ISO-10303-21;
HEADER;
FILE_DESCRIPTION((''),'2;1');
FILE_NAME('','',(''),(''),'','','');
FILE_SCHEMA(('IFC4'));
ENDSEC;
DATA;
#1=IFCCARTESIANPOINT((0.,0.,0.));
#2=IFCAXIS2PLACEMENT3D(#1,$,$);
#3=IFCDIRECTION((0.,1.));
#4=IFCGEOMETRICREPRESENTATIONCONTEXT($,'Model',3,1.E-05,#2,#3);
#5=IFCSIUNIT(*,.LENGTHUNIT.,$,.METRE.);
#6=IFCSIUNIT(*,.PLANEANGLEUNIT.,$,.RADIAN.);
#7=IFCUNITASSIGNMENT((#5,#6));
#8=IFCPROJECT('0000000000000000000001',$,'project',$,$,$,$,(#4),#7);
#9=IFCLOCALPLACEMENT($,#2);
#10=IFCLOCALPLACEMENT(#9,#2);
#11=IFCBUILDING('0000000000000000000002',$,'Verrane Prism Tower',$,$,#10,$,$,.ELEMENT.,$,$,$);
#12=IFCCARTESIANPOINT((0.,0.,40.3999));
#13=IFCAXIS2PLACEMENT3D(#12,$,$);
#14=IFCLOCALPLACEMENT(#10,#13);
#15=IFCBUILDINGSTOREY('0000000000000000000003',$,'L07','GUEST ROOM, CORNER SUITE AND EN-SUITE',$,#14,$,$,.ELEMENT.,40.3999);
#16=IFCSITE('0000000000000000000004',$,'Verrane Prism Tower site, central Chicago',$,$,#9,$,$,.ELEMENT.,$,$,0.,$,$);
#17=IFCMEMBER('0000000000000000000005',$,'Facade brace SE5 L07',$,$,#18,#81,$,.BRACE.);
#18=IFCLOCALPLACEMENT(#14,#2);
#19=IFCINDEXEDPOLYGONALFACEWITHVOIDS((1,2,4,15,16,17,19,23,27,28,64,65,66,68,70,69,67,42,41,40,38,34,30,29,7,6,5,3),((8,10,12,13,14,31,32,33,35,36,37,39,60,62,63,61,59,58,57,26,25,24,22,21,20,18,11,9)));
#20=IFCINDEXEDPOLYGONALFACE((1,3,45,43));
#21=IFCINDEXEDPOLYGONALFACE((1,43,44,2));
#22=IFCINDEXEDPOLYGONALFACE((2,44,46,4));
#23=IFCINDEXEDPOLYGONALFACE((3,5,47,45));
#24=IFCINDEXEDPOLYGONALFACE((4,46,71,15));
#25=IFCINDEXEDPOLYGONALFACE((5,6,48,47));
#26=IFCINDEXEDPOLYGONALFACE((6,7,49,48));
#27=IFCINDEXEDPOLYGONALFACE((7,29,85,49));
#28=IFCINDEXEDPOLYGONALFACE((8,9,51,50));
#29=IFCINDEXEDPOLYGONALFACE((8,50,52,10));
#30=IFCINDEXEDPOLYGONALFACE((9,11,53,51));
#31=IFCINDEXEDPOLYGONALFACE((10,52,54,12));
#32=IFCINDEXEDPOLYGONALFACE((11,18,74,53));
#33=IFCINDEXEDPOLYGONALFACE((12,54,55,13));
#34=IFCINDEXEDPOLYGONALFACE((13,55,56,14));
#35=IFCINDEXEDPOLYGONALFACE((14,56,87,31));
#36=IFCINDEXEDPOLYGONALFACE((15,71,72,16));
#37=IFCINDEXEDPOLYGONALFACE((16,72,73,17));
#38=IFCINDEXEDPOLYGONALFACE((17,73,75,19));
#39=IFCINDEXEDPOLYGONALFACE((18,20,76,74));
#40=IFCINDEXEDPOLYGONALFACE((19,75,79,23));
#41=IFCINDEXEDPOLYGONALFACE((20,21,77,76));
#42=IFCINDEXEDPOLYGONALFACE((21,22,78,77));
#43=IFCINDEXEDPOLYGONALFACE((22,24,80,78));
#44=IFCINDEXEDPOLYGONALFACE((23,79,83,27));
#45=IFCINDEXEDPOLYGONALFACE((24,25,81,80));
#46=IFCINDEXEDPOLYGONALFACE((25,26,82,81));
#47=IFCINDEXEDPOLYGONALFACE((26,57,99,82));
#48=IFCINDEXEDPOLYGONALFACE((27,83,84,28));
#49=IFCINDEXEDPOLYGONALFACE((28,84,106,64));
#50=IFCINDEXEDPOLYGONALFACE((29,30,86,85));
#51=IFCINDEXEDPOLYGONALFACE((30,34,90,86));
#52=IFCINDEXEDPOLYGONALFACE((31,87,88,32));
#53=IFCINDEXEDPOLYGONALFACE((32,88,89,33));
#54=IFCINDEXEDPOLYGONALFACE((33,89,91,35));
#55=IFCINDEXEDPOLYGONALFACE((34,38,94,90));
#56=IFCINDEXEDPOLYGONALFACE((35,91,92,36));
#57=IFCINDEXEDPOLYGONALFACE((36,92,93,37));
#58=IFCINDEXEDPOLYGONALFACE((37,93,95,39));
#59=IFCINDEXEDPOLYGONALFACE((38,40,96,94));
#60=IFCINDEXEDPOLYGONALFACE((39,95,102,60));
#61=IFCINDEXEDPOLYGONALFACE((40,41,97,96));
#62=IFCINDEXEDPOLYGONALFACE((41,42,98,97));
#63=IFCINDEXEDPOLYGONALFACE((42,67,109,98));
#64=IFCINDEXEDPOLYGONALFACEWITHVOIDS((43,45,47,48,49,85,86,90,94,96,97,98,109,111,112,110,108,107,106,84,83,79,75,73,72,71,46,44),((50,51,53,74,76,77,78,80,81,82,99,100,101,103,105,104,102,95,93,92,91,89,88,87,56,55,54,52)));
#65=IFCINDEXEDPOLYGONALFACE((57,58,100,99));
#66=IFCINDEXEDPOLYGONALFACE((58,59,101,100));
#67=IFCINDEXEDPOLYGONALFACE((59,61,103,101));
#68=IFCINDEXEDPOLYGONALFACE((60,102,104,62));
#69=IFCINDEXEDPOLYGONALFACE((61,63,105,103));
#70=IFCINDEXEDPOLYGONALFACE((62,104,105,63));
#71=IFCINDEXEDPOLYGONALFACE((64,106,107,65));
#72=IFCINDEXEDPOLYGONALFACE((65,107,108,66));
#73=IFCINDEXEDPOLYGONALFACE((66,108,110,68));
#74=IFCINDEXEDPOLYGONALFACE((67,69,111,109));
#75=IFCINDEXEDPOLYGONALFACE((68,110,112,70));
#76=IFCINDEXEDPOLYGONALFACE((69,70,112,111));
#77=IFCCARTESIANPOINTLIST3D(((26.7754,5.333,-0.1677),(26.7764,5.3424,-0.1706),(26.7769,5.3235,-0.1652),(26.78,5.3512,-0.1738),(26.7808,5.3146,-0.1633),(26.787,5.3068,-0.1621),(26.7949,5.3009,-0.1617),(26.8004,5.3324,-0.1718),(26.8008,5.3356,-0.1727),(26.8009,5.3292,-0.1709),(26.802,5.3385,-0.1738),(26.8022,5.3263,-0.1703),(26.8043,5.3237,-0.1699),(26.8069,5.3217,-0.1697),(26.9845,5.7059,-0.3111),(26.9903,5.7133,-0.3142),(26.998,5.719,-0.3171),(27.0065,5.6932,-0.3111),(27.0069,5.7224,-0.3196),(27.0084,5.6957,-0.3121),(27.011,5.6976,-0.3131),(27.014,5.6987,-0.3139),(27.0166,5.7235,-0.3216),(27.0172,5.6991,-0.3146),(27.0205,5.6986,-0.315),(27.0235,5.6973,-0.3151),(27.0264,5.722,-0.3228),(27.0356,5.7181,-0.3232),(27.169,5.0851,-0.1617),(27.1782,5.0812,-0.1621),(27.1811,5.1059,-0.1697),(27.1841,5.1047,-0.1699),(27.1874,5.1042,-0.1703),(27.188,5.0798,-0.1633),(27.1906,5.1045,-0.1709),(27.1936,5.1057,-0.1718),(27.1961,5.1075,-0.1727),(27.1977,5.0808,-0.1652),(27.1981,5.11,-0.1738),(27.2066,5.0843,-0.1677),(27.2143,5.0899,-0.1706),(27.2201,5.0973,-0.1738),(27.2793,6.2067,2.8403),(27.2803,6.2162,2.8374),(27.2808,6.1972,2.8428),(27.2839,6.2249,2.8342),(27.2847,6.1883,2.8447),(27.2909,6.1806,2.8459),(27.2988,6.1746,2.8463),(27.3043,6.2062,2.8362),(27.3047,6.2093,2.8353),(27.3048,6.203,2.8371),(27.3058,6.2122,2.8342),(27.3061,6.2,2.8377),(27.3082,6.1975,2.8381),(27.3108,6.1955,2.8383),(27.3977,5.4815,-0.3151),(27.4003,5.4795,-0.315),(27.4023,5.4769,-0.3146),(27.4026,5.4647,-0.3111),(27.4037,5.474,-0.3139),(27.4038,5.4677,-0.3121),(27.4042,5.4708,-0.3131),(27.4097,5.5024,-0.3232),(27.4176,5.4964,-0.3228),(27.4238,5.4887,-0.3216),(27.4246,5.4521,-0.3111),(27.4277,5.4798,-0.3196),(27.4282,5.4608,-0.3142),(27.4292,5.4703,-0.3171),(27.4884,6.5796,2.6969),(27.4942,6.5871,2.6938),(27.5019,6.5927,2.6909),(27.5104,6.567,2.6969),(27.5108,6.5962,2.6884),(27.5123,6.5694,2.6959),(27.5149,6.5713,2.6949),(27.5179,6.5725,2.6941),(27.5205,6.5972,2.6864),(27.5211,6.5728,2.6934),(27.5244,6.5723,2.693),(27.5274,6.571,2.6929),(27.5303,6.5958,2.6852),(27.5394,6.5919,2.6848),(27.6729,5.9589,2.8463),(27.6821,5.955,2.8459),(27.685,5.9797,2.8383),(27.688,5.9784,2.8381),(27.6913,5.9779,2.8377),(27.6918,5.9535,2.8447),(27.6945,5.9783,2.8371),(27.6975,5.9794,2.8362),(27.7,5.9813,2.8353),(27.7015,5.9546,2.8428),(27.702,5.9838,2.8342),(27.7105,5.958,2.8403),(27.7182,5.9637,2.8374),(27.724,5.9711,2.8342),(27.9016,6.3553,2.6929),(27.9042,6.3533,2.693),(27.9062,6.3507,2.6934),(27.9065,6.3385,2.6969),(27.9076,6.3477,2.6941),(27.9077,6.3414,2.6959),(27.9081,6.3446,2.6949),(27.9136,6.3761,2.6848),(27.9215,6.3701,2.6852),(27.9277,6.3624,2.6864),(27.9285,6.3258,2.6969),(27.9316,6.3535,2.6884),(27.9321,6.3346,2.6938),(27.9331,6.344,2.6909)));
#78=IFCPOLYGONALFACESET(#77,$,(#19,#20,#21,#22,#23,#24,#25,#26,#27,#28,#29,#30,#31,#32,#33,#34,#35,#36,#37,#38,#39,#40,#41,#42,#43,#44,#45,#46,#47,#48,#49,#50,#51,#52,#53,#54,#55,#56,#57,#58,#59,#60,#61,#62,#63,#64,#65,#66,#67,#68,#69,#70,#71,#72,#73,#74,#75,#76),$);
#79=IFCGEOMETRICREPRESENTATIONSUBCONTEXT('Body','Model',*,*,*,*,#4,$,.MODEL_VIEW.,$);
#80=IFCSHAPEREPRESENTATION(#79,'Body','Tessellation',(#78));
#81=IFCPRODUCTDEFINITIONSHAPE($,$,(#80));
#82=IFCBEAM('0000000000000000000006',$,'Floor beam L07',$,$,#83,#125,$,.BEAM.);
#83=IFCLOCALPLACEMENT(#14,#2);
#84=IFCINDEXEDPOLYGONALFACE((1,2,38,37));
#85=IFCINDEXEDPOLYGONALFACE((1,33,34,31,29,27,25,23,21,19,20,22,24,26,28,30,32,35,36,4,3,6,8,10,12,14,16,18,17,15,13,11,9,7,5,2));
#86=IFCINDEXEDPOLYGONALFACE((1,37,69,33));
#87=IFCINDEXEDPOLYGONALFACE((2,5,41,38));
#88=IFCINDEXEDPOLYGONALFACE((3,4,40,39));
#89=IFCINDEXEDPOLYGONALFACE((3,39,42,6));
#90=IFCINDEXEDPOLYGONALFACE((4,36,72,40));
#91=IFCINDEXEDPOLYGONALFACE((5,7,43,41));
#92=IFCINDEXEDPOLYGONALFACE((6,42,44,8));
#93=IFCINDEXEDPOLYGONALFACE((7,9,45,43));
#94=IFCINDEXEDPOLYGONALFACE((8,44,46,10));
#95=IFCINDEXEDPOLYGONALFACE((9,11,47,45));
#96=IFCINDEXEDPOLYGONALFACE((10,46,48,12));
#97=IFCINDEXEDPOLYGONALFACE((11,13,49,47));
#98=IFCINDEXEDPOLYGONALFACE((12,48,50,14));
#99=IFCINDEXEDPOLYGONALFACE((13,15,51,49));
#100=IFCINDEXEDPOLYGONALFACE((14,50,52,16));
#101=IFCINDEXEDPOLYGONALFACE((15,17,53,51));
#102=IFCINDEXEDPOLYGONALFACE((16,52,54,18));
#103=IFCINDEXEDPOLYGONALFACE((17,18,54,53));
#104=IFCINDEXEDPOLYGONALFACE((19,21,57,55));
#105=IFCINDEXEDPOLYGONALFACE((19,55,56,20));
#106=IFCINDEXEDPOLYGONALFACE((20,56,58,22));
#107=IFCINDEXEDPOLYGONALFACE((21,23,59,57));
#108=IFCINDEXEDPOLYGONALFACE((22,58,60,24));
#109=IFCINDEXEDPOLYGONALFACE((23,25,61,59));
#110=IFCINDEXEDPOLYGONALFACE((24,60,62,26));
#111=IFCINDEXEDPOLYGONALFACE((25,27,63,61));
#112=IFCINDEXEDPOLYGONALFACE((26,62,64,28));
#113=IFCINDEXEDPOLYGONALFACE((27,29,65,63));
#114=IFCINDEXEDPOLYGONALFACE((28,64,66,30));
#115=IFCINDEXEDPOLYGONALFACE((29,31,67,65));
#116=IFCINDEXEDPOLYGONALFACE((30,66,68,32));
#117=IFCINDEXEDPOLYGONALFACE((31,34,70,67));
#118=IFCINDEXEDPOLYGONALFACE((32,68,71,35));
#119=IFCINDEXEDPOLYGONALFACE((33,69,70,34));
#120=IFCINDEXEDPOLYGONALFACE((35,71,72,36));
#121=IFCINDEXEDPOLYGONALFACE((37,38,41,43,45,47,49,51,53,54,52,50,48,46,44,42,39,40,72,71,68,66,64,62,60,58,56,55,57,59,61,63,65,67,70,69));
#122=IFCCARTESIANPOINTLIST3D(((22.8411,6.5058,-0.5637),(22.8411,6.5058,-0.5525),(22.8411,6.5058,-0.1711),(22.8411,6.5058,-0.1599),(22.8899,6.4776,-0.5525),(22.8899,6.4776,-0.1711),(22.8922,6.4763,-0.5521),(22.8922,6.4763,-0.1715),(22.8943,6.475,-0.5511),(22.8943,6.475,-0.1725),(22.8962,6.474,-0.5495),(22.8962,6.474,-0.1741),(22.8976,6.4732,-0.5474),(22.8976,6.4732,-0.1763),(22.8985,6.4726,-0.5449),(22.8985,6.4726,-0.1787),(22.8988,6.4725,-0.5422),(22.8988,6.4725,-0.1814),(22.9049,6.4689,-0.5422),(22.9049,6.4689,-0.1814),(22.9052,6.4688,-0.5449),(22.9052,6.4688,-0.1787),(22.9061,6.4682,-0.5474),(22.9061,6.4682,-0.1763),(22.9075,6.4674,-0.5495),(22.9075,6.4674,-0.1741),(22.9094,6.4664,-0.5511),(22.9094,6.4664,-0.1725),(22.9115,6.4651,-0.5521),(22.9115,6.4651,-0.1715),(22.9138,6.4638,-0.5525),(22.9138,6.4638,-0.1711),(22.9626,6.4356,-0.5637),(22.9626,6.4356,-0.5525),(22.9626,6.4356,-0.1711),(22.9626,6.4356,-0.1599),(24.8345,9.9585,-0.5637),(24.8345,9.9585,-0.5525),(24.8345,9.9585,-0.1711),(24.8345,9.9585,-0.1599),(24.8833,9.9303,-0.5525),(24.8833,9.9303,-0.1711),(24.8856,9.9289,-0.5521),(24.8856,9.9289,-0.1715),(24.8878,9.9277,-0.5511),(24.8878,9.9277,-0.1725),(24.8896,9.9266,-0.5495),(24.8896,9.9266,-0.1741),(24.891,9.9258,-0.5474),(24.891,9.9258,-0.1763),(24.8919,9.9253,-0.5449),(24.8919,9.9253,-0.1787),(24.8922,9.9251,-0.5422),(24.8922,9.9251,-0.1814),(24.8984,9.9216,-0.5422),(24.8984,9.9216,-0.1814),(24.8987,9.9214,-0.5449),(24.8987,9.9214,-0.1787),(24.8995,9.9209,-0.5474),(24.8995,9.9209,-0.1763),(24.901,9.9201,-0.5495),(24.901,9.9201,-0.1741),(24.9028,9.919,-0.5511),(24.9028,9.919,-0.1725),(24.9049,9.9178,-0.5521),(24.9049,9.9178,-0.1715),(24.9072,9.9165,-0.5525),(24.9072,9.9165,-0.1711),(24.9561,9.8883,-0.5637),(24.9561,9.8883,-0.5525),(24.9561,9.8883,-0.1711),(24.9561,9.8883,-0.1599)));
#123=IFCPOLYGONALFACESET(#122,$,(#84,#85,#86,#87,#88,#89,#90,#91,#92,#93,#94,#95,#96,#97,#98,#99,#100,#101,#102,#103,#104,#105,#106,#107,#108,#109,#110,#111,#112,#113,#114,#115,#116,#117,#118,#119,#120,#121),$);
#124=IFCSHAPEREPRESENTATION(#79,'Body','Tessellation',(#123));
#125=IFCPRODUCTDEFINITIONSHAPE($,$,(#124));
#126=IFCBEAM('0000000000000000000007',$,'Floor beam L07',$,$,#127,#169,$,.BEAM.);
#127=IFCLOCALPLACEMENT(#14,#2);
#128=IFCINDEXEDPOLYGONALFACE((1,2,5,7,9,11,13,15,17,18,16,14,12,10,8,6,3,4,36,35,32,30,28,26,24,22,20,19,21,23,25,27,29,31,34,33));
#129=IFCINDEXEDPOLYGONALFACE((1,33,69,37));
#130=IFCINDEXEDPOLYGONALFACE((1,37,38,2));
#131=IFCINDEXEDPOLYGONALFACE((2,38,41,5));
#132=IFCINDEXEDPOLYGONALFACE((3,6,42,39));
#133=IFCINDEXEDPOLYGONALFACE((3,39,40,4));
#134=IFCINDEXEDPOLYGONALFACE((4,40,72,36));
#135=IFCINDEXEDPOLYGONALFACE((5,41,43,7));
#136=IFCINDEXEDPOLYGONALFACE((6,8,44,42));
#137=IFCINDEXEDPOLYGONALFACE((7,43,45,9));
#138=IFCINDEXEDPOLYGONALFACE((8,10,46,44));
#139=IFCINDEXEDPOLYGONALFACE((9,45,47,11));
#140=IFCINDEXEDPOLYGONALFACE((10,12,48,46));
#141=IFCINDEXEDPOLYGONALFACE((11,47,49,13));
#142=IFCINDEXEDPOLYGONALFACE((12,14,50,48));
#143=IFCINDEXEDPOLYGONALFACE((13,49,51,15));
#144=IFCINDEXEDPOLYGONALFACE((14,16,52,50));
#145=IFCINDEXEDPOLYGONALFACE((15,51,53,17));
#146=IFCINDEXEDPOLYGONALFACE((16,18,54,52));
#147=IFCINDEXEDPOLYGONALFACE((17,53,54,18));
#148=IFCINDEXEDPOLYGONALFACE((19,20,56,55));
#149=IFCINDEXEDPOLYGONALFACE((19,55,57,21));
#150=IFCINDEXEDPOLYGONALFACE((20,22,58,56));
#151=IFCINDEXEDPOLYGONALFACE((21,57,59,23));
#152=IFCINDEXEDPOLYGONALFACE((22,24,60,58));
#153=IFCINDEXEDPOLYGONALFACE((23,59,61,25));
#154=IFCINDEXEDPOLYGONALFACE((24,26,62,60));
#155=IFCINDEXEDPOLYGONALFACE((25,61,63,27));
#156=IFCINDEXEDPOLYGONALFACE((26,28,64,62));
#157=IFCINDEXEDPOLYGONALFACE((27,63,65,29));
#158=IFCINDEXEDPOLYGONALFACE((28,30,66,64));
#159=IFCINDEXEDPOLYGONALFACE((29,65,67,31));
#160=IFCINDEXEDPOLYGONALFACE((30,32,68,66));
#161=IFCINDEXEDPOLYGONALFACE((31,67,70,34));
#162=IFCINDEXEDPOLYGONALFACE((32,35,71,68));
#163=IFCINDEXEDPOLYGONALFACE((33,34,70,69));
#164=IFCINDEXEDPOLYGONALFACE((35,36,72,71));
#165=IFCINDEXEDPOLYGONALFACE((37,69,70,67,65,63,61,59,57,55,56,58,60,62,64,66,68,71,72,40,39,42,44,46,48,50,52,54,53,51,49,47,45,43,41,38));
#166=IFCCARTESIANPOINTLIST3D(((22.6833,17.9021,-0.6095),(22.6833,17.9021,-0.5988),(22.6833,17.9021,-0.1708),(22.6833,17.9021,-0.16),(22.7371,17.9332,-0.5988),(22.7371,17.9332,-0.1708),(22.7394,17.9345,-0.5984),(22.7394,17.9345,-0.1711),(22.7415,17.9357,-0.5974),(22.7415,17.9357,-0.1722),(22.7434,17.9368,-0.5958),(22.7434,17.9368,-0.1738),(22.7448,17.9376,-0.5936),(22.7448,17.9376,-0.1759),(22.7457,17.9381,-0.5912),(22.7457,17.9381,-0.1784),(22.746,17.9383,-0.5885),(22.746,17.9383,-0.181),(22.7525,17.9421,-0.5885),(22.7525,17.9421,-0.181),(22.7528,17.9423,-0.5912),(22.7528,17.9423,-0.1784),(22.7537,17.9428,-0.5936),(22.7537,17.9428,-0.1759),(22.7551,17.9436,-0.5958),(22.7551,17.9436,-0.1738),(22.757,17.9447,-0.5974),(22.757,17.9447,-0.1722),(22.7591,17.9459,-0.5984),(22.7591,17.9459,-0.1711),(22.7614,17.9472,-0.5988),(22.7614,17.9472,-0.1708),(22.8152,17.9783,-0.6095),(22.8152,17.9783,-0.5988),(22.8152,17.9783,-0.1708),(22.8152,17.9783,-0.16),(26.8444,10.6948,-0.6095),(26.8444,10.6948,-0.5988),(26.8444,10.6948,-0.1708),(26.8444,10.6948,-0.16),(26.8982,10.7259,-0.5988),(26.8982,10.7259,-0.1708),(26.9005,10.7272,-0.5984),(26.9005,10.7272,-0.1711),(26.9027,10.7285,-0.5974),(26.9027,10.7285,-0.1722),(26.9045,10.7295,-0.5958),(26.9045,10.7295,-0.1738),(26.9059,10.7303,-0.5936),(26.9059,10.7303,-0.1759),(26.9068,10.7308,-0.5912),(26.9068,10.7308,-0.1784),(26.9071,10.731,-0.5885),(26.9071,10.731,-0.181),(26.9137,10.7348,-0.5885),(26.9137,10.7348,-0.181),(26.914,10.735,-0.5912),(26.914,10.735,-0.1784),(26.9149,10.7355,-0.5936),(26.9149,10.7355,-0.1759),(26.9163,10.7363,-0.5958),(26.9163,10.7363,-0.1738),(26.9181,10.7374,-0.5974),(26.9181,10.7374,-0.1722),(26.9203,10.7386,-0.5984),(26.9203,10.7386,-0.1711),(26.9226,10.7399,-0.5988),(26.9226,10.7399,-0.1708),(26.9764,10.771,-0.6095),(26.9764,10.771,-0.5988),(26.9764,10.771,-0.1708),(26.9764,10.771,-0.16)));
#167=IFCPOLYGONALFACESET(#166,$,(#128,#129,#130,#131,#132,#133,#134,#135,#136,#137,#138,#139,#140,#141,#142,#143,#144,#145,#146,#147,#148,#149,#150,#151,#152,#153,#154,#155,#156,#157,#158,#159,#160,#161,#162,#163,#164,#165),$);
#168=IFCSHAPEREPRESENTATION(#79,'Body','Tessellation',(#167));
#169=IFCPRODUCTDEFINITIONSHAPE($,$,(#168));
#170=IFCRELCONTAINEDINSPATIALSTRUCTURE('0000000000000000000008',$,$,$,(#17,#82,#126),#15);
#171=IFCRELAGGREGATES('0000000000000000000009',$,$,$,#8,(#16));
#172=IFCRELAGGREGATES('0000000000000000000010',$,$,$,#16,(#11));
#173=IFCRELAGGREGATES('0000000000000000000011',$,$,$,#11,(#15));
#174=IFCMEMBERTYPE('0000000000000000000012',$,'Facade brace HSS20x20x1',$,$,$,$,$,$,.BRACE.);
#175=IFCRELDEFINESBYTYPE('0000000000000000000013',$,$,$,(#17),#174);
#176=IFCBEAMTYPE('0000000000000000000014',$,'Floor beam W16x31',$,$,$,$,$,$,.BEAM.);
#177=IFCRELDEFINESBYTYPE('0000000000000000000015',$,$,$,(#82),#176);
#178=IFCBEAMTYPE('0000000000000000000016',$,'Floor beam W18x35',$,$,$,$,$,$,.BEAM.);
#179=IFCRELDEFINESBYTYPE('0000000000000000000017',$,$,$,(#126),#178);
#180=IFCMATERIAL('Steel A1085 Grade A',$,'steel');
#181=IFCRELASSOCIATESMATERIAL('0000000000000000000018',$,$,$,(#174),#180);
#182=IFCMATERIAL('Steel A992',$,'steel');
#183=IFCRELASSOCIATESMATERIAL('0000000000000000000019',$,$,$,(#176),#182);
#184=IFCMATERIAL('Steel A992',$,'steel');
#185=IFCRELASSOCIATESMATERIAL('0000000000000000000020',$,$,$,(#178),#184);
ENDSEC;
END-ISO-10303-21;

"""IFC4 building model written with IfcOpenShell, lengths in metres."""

from ifc_helpers import new_model, si_unit, direction, frame, origin, origin_2d, place, context, subcontext, project, spatial, hollow_rectangle, i_section, extrude, material, material_profile, profile_set, type_object, element, save


model = new_model("IFC4")

# Units and contexts
model_context = context("Model", 3, precision=1e-05, world=origin(), true_north=direction((0.0, 1.0)))
body_context = subcontext(model_context, "Body", "Model", "MODEL_VIEW")
ifc_project = project(units=[si_unit("LENGTHUNIT", "METRE"), si_unit("PLANEANGLEUNIT", "RADIAN")], contexts=[model_context])

# Site, building, storey
site_placement = place(None, origin())
site = spatial("IfcSite", under=ifc_project, at=site_placement, Name="Verrane Prism Tower site, central Chicago", CompositionType="ELEMENT", RefElevation=0.0)
building_placement = place(site_placement, origin())
building = spatial("IfcBuilding", under=site, at=building_placement, Name="Verrane Prism Tower", CompositionType="ELEMENT")
storey_placement = place(building_placement, frame((0.0, 0.0, 40.3999)))
storey = spatial("IfcBuildingStorey", under=building, at=storey_placement, Name="L07", Description="GUEST ROOM, CORNER SUITE AND EN-SUITE", CompositionType="ELEMENT", Elevation=40.3999)

# Member
ifc_material_1 = material(Name="Steel A1085 Grade A", Category="steel")
ifc_material_profile_1 = material_profile(ifc_material_1, hollow_rectangle(XDim=0.5081, YDim=0.5081, WallThickness=0.0254, InnerFilletRadius=0.0127, OuterFilletRadius=0.0381, at=origin_2d()), Name="HSS20x20x1")
ifc_profile_set_1 = profile_set([ifc_material_profile_1], Name="Steel A1085 Grade A")
member_type_1 = type_object("IfcMemberType", Name="Facade brace HSS20x20x1", PredefinedType="BRACE", material=ifc_profile_set_1)
member_1_placement = place(storey_placement, frame((27.1023, 5.4016, -0.2424), z_axis=(0.158827, 0.275408, 0.948116), x_axis=(-0.86627, 0.499576, 0.0)))
element("IfcMember", 1, at=member_1_placement, inside=storey, type_object=member_type_1, Name="Facade brace SE5 L07", PredefinedType="BRACE", context=body_context, shape_type="SweptSolid", body=[
    extrude(hollow_rectangle(XDim=0.5081, YDim=0.5081, WallThickness=0.0254, InnerFilletRadius=0.0127, OuterFilletRadius=0.0381, at=origin_2d()), origin(), (0.0, 0.0, 1.0), 3.1726),
])

# Beams
ifc_material_2 = material(Name="Steel A992", Category="steel")
ifc_material_profile_2 = material_profile(ifc_material_2, i_section(OverallWidth=0.1404, OverallDepth=0.4038, WebThickness=0.0071, FlangeThickness=0.0112, FilletRadius=0.0103, at=origin_2d()), Name="W16x31")
ifc_profile_set_2 = profile_set([ifc_material_profile_2], Name="Steel A992")
beam_type_1 = type_object("IfcBeamType", Name="Floor beam W16x31", PredefinedType="BEAM", material=ifc_profile_set_2)
beam_1_placement = place(storey_placement, frame((22.9019, 6.4707, -0.3618), z_axis=(0.500005, 0.866022, 0.0), x_axis=(-0.866022, 0.500005, 0.0)))
element("IfcBeam", 2, at=beam_1_placement, inside=storey, type_object=beam_type_1, Name="Floor beam L07", PredefinedType="BEAM", context=body_context, shape_type="SweptSolid", body=[
    extrude(i_section(OverallWidth=0.1404, OverallDepth=0.4038, WebThickness=0.0071, FlangeThickness=0.0112, FilletRadius=0.0103, at=origin_2d()), origin(), (0.0, 0.0, 1.0), 3.9868),
])
ifc_material_3 = material(Name="Steel A992", Category="steel")
ifc_material_profile_3 = material_profile(ifc_material_3, i_section(OverallWidth=0.1523, OverallDepth=0.4495, WebThickness=0.0076, FlangeThickness=0.0107, FilletRadius=0.0103, at=origin_2d()), Name="W18x35")
ifc_profile_set_3 = profile_set([ifc_material_profile_3], Name="Steel A992")
beam_type_2 = type_object("IfcBeamType", Name="Floor beam W18x35", PredefinedType="BEAM", material=ifc_profile_set_3)
beam_2_placement = place(storey_placement, frame((26.9104, 10.7329, -0.3848), z_axis=(-0.500001, 0.866025, 0.0), x_axis=(-0.866025, -0.500001, 0.0)))
element("IfcBeam", 3, at=beam_2_placement, inside=storey, type_object=beam_type_2, Name="Floor beam L07", PredefinedType="BEAM", context=body_context, shape_type="SweptSolid", body=[
    extrude(i_section(OverallWidth=0.1523, OverallDepth=0.4495, WebThickness=0.0076, FlangeThickness=0.0107, FilletRadius=0.0103, at=origin_2d()), origin(), (0.0, 0.0, 1.0), 8.3223),
])

save(model, "model.ifc")
